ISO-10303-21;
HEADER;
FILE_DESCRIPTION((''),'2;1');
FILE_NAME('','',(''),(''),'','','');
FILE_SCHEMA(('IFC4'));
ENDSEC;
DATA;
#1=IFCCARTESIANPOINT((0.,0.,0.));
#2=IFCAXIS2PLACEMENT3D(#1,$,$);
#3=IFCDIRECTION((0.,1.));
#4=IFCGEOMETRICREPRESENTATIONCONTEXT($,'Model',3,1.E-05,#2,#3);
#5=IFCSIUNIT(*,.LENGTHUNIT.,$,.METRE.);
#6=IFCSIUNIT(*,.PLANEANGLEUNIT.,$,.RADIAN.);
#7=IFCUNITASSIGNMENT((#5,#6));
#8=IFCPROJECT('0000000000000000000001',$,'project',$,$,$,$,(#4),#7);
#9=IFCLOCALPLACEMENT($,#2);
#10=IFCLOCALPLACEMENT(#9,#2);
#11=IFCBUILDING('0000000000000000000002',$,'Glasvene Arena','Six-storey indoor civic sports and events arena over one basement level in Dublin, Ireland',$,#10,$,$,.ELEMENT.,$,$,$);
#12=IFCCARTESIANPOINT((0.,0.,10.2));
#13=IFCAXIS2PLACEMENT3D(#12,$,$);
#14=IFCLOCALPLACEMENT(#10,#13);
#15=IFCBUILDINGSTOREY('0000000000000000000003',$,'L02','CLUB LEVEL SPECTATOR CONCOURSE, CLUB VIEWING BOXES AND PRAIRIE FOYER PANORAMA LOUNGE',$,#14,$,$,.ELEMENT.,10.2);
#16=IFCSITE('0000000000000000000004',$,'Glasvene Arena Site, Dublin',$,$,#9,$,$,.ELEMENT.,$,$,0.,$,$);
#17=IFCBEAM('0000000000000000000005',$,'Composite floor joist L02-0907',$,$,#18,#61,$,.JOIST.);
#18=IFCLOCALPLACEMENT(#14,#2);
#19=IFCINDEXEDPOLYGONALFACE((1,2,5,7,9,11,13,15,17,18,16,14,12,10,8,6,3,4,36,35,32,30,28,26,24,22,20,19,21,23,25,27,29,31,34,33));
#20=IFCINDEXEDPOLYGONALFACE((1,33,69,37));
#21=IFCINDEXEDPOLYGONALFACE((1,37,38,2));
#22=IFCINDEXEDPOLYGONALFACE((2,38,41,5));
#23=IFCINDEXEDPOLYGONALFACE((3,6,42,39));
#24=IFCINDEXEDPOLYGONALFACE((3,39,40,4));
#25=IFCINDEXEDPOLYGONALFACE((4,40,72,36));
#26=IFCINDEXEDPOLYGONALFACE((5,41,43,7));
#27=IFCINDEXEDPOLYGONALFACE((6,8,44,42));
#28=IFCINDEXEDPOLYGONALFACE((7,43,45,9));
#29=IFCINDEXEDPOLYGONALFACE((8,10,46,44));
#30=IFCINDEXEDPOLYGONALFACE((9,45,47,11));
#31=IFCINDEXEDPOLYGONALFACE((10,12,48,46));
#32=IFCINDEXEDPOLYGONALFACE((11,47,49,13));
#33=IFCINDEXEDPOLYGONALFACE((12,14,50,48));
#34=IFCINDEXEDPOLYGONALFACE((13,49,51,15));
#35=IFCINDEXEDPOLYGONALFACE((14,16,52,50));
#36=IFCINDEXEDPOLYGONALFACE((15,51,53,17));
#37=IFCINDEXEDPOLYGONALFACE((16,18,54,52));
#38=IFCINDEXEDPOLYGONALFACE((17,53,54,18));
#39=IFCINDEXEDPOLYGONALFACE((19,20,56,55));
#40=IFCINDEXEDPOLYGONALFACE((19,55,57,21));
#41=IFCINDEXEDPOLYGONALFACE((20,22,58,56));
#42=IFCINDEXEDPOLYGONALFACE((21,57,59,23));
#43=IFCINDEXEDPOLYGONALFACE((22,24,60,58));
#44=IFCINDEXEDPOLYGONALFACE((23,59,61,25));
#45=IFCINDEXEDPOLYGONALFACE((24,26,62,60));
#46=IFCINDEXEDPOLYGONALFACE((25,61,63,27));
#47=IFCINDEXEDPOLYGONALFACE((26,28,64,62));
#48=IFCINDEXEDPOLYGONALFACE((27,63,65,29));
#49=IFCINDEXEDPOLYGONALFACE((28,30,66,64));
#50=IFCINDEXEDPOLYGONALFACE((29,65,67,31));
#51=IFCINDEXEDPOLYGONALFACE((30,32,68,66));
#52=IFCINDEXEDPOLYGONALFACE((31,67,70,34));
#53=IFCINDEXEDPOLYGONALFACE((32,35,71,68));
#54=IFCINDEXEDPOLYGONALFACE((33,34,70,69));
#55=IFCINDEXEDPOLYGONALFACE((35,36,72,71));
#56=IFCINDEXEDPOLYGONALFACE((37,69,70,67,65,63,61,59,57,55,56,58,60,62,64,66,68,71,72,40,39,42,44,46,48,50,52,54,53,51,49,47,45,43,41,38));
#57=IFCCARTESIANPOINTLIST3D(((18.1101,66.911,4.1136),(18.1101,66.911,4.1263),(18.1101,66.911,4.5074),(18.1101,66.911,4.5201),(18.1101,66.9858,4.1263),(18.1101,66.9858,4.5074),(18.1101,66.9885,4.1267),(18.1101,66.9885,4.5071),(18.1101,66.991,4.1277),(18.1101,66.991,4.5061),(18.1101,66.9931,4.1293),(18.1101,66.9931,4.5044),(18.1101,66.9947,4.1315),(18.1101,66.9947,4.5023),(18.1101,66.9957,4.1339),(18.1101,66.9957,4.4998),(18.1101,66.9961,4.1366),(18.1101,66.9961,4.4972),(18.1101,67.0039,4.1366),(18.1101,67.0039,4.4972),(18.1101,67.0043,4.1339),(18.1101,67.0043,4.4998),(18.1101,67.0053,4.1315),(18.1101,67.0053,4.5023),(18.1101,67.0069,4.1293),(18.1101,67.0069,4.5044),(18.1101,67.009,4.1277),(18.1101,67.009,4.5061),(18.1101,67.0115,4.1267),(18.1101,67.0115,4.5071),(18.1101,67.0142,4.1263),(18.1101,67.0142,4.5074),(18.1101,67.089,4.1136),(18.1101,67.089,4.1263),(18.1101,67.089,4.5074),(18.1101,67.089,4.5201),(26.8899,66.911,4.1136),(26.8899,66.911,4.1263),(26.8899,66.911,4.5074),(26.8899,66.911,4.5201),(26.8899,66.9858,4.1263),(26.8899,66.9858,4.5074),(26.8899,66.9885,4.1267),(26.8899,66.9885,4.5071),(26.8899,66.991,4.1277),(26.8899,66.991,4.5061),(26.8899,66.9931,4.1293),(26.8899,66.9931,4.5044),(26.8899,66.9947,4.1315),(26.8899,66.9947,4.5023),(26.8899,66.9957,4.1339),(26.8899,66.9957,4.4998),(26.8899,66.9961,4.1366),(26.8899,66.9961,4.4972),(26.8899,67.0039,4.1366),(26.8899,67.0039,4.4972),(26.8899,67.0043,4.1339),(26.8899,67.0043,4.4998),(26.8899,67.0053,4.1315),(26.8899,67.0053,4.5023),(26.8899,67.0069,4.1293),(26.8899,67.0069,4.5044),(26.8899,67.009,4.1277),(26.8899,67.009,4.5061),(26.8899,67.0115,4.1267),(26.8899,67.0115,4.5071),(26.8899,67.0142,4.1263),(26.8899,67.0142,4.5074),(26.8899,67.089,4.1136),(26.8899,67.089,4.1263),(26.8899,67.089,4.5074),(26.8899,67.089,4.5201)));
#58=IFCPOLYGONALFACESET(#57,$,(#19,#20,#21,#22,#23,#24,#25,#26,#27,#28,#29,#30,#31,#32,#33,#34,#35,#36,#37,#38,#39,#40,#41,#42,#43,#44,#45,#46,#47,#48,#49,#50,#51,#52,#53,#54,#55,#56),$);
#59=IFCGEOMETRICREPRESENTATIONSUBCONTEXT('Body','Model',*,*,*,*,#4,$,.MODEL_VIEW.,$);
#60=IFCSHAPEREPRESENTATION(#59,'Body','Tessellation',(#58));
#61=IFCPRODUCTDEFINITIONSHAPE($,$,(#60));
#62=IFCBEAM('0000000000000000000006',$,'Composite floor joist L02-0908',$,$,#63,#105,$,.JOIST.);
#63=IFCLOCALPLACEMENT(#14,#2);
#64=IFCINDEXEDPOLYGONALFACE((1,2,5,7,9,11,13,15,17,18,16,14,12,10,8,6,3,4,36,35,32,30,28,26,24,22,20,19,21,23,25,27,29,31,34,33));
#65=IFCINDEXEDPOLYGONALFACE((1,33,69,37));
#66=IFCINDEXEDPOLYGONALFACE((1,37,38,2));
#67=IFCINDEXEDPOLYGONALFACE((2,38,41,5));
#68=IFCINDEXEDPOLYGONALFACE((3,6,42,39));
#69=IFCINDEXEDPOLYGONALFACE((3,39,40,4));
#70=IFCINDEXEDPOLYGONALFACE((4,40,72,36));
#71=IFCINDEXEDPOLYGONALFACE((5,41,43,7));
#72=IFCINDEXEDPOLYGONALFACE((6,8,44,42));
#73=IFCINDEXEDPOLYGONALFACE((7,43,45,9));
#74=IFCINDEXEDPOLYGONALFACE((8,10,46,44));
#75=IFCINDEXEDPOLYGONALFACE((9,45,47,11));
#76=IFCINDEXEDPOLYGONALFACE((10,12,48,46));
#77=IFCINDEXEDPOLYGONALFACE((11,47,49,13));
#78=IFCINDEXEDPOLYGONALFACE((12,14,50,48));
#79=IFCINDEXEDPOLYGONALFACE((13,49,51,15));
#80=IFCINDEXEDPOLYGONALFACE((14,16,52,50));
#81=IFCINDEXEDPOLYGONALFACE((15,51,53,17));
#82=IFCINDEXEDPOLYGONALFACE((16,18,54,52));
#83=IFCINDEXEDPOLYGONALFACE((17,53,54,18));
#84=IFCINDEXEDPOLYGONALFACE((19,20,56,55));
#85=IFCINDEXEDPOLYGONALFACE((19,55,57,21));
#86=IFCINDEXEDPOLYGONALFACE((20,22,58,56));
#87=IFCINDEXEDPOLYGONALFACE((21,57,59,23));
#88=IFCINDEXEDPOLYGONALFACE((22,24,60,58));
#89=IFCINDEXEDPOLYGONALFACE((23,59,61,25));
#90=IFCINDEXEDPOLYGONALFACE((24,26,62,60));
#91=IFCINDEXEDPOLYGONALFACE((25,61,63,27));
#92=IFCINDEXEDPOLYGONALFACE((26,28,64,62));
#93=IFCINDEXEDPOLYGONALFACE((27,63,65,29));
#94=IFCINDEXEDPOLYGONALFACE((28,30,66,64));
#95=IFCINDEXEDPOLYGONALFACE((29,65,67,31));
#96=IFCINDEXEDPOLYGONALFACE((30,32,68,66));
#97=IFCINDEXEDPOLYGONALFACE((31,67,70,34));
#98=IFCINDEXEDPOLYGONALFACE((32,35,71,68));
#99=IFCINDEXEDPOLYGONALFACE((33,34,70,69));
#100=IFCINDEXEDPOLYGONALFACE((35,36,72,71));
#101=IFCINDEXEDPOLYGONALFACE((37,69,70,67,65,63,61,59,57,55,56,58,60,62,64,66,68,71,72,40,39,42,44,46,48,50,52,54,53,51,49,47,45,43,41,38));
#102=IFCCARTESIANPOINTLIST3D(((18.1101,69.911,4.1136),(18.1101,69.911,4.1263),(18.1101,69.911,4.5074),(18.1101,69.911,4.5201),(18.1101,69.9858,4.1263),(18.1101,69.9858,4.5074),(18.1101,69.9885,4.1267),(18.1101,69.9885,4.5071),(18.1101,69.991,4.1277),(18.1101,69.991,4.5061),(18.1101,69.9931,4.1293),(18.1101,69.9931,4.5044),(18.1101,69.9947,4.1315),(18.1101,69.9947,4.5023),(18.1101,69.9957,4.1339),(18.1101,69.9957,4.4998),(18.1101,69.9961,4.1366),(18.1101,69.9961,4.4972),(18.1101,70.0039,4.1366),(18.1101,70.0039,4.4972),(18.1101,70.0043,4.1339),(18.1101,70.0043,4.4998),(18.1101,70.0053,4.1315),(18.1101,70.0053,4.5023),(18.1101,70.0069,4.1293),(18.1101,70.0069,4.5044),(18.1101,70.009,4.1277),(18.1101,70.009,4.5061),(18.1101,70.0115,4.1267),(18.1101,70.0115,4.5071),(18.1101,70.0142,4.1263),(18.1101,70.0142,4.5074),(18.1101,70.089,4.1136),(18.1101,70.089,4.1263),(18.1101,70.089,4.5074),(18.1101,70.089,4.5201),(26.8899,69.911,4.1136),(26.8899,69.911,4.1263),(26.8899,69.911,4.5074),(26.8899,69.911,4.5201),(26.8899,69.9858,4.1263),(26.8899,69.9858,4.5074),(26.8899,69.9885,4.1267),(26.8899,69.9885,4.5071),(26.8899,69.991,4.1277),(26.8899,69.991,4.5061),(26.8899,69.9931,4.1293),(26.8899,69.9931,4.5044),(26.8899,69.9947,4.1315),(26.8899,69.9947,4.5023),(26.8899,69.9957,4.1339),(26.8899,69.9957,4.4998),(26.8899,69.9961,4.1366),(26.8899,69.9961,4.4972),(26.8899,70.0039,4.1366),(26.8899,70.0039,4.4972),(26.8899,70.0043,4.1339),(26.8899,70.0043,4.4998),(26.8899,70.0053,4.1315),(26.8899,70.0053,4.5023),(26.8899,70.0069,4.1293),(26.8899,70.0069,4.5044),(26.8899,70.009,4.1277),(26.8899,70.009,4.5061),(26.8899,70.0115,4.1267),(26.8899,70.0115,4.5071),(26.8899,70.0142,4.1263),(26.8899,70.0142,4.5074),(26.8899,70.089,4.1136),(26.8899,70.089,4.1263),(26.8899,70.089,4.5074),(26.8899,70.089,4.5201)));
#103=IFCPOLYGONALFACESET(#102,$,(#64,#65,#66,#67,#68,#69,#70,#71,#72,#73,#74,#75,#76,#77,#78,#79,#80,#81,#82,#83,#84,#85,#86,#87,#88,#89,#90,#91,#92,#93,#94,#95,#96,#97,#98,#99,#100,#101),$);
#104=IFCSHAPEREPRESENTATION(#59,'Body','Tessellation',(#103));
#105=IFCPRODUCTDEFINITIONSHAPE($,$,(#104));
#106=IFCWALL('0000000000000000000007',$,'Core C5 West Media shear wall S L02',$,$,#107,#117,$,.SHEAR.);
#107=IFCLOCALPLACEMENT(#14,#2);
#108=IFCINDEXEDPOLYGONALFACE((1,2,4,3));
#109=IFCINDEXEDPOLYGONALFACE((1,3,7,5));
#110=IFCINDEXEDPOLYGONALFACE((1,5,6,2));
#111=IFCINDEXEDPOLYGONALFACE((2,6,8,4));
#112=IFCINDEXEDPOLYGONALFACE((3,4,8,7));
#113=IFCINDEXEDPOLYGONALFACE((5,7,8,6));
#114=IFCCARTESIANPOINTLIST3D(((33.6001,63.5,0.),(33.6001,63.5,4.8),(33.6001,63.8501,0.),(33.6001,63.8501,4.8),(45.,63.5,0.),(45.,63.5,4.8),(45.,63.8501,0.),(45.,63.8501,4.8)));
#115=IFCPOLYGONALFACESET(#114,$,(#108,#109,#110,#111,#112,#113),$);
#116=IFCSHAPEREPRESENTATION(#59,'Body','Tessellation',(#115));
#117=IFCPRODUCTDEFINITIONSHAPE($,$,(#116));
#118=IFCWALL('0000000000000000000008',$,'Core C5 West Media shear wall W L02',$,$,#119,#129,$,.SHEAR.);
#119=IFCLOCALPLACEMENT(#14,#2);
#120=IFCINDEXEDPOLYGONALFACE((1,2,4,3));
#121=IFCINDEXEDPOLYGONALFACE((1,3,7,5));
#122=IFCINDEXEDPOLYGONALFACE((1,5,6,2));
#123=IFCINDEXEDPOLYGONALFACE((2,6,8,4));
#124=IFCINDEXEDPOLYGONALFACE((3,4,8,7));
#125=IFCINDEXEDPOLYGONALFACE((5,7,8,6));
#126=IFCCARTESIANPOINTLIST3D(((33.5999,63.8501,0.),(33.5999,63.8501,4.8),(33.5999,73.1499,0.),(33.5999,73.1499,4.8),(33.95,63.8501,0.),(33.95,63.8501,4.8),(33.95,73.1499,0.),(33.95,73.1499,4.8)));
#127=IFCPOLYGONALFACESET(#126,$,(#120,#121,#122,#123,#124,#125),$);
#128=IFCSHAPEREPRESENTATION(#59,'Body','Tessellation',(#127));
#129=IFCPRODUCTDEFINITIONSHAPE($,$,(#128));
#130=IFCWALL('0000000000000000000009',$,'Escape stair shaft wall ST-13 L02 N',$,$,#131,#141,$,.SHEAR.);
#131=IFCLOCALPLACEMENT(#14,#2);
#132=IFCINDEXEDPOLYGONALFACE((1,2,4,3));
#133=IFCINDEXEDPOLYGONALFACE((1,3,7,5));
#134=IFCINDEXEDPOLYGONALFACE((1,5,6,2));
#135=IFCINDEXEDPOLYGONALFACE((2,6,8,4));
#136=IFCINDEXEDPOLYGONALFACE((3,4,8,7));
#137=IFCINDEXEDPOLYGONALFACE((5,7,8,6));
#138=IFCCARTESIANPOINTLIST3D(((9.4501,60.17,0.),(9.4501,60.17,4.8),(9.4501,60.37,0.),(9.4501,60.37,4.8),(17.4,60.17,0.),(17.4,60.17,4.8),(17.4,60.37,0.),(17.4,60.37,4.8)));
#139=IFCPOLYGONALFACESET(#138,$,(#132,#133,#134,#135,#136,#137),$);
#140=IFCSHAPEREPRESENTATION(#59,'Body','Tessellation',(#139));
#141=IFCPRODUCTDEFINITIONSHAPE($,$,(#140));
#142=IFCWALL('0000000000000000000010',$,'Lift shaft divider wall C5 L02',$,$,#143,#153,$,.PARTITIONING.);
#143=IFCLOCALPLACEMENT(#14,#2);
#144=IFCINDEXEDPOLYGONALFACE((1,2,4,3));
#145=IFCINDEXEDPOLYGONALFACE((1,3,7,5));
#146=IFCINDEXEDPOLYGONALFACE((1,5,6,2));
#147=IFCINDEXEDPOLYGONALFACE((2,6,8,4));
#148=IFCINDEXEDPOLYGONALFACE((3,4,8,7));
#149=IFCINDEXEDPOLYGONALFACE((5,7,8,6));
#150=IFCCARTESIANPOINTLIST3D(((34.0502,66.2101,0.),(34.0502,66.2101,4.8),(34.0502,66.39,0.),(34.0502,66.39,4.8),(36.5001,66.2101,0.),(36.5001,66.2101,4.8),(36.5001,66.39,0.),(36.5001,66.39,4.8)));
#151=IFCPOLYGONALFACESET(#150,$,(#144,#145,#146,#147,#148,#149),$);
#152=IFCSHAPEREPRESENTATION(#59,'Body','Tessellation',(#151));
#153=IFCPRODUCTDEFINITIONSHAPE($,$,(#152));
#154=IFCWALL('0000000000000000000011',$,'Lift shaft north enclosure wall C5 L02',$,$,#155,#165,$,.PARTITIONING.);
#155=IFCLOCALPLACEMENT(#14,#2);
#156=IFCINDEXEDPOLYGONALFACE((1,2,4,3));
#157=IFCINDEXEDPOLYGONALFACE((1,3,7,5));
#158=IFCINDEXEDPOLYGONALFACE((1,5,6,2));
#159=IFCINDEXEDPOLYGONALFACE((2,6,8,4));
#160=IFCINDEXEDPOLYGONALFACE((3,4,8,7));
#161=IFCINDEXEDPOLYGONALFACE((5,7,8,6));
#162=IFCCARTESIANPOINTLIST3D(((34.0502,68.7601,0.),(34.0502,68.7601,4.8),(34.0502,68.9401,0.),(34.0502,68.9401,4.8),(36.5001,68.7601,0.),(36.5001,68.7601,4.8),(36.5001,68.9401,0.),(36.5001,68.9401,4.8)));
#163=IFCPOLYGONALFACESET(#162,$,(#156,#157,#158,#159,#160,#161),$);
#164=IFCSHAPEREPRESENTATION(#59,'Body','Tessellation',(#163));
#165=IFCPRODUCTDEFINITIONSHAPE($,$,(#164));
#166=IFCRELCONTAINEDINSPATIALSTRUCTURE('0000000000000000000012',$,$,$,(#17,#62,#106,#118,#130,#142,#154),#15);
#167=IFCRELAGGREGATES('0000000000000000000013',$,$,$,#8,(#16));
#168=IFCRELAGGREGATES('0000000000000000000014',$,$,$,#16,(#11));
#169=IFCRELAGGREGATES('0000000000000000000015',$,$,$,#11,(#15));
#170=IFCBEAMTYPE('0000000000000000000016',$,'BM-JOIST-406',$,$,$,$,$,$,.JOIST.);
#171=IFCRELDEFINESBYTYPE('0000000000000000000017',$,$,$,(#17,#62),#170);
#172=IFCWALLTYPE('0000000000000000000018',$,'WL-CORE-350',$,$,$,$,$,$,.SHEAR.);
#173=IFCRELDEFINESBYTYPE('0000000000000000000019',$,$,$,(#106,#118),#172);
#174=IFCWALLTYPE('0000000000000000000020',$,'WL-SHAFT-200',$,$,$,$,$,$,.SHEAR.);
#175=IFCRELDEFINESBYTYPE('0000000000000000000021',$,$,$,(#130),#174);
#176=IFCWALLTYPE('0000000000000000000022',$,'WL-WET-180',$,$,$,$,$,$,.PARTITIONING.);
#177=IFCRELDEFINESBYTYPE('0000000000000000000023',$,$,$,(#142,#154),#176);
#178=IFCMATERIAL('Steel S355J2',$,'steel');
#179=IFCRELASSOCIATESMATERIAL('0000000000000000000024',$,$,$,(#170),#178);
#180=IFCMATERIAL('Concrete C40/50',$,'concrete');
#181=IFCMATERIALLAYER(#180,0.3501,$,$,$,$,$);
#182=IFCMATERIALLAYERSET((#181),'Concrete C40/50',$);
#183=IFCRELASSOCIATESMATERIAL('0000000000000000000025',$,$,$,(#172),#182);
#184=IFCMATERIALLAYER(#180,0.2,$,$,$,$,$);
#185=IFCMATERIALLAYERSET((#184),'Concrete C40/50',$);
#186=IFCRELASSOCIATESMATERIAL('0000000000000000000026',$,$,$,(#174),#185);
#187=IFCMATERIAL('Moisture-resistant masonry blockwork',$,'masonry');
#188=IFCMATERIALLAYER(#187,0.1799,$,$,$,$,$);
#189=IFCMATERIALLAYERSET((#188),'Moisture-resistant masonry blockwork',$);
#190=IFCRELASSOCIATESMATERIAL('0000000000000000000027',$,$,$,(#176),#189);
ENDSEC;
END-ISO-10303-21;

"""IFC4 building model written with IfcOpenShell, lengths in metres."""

from ifc_helpers import new_model, si_unit, direction, frame, frame_2d, origin, origin_2d, place, context, subcontext, project, spatial, rectangle, i_section, extrude, material, layer, layer_set, material_profile, profile_set, type_object, element, save


model = new_model("IFC4")

# Units and contexts
model_context = context("Model", 3, precision=1e-05, world=origin(), true_north=direction((0.0, 1.0)))
body_context = subcontext(model_context, "Body", "Model", "MODEL_VIEW")
ifc_project = project(units=[si_unit("LENGTHUNIT", "METRE"), si_unit("PLANEANGLEUNIT", "RADIAN")], contexts=[model_context])

# Site, building, storey
site_placement = place(None, origin())
site = spatial("IfcSite", under=ifc_project, at=site_placement, Name="Glasvene Arena Site, Dublin", CompositionType="ELEMENT", RefElevation=0.0)
building_placement = place(site_placement, origin())
building = spatial("IfcBuilding", under=site, at=building_placement, Name="Glasvene Arena", Description="Six-storey indoor civic sports and events arena over one basement level in Dublin, Ireland", CompositionType="ELEMENT")
storey_placement = place(building_placement, frame((0.0, 0.0, 10.2)))
storey = spatial("IfcBuildingStorey", under=building, at=storey_placement, Name="L02", Description="CLUB LEVEL SPECTATOR CONCOURSE, CLUB VIEWING BOXES AND PRAIRIE FOYER PANORAMA LOUNGE", CompositionType="ELEMENT", Elevation=10.2)

# Shared definitions
ifc_material_1 = material(Name="Steel S355J2", Category="steel")

# Beams
ifc_material_profile_1 = material_profile(ifc_material_1, i_section(OverallWidth=0.178, OverallDepth=0.4065, WebThickness=0.0078, FlangeThickness=0.0127, FilletRadius=0.0103, at=origin_2d()), Name="UKB 406x178x60")
ifc_profile_set_1 = profile_set([ifc_material_profile_1], Name="Steel S355J2")
beam_type_1 = type_object("IfcBeamType", Name="BM-JOIST-406", PredefinedType="JOIST", material=ifc_profile_set_1)
for number, where, z_axis, x_axis, name in (
    (1, (18.1101, 67.0, 4.3169), (1.0, 0.0, 0.0), (0.0, 1.0, 0.0), "Composite floor joist L02-0907"),
    (2, (18.1101, 70.0, 4.3169), (1.0, 0.0, 0.0), (0.0, 1.0, 0.0), "Composite floor joist L02-0908"),
):
    element("IfcBeam", number, at=place(storey_placement, frame(where, z_axis=z_axis, x_axis=x_axis)), inside=storey, type_object=beam_type_1, Name=name, PredefinedType="JOIST", context=body_context, shape_type="SweptSolid", body=[
        extrude(i_section(OverallWidth=0.178, OverallDepth=0.4065, WebThickness=0.0078, FlangeThickness=0.0127, FilletRadius=0.0103, at=origin_2d()), origin(), (0.0, 0.0, 1.0), 8.7798),
    ])

# Shared definitions
ifc_material_2 = material(Name="Concrete C40/50", Category="concrete")

# Walls
ifc_layer_1 = layer(ifc_material_2, 0.3501)
ifc_layer_set_1 = layer_set([ifc_layer_1], Name="Concrete C40/50")
wall_type_1 = type_object("IfcWallType", Name="WL-CORE-350", PredefinedType="SHEAR", material=ifc_layer_set_1)
wall_1_placement = place(storey_placement, frame((33.6001, 63.675, 0.0), z_axis=(0.0, 0.0, 1.0), x_axis=(1.0, 0.0, 0.0)))
element("IfcWall", 3, at=wall_1_placement, inside=storey, type_object=wall_type_1, Name="Core C5 West Media shear wall S L02", PredefinedType="SHEAR", context=body_context, shape_type="SweptSolid", body=[
    extrude(rectangle(XDim=11.3999, YDim=0.3501, at=frame_2d((5.7, 0.0))), origin(), (0.0, 0.0, 1.0), 4.8),
])
wall_2_placement = place(storey_placement, frame((33.7749, 63.8501, 0.0), z_axis=(0.0, 0.0, 1.0), x_axis=(0.0, 1.0, 0.0)))
element("IfcWall", 4, at=wall_2_placement, inside=storey, type_object=wall_type_1, Name="Core C5 West Media shear wall W L02", PredefinedType="SHEAR", context=body_context, shape_type="SweptSolid", body=[
    extrude(rectangle(XDim=9.2998, YDim=0.3501, at=frame_2d((4.6499, 0.0))), origin(), (0.0, 0.0, 1.0), 4.8),
])
ifc_layer_2 = layer(ifc_material_2, 0.2)
ifc_layer_set_2 = layer_set([ifc_layer_2], Name="Concrete C40/50")
wall_type_2 = type_object("IfcWallType", Name="WL-SHAFT-200", PredefinedType="SHEAR", material=ifc_layer_set_2)
wall_3_placement = place(storey_placement, frame((9.45, 60.27, 0.0), z_axis=(0.0, 0.0, 1.0), x_axis=(1.0, 0.0, 0.0)))
element("IfcWall", 5, at=wall_3_placement, inside=storey, type_object=wall_type_2, Name="Escape stair shaft wall ST-13 L02 N", PredefinedType="SHEAR", context=body_context, shape_type="SweptSolid", body=[
    extrude(rectangle(XDim=7.95, YDim=0.2, at=frame_2d((3.9751, 0.0))), origin(), (0.0, 0.0, 1.0), 4.8),
])
ifc_material_3 = material(Name="Moisture-resistant masonry blockwork", Category="masonry")
ifc_layer_3 = layer(ifc_material_3, 0.1799)
ifc_layer_set_3 = layer_set([ifc_layer_3], Name="Moisture-resistant masonry blockwork")
wall_type_3 = type_object("IfcWallType", Name="WL-WET-180", PredefinedType="PARTITIONING", material=ifc_layer_set_3)
for number, where, z_axis, x_axis, name in (
    (6, (34.05, 66.3, 0.0), (0.0, 0.0, 1.0), (1.0, 0.0, 0.0), "Lift shaft divider wall C5 L02"),
    (7, (34.05, 68.8501, 0.0), (0.0, 0.0, 1.0), (1.0, 0.0, 0.0), "Lift shaft north enclosure wall C5 L02"),
):
    element("IfcWall", number, at=place(storey_placement, frame(where, z_axis=z_axis, x_axis=x_axis)), inside=storey, type_object=wall_type_3, Name=name, PredefinedType="PARTITIONING", context=body_context, shape_type="SweptSolid", body=[
        extrude(rectangle(XDim=2.45, YDim=0.1799, at=frame_2d((1.2251, 0.0))), origin(), (0.0, 0.0, 1.0), 4.8),
    ])

save(model, "model.ifc")
